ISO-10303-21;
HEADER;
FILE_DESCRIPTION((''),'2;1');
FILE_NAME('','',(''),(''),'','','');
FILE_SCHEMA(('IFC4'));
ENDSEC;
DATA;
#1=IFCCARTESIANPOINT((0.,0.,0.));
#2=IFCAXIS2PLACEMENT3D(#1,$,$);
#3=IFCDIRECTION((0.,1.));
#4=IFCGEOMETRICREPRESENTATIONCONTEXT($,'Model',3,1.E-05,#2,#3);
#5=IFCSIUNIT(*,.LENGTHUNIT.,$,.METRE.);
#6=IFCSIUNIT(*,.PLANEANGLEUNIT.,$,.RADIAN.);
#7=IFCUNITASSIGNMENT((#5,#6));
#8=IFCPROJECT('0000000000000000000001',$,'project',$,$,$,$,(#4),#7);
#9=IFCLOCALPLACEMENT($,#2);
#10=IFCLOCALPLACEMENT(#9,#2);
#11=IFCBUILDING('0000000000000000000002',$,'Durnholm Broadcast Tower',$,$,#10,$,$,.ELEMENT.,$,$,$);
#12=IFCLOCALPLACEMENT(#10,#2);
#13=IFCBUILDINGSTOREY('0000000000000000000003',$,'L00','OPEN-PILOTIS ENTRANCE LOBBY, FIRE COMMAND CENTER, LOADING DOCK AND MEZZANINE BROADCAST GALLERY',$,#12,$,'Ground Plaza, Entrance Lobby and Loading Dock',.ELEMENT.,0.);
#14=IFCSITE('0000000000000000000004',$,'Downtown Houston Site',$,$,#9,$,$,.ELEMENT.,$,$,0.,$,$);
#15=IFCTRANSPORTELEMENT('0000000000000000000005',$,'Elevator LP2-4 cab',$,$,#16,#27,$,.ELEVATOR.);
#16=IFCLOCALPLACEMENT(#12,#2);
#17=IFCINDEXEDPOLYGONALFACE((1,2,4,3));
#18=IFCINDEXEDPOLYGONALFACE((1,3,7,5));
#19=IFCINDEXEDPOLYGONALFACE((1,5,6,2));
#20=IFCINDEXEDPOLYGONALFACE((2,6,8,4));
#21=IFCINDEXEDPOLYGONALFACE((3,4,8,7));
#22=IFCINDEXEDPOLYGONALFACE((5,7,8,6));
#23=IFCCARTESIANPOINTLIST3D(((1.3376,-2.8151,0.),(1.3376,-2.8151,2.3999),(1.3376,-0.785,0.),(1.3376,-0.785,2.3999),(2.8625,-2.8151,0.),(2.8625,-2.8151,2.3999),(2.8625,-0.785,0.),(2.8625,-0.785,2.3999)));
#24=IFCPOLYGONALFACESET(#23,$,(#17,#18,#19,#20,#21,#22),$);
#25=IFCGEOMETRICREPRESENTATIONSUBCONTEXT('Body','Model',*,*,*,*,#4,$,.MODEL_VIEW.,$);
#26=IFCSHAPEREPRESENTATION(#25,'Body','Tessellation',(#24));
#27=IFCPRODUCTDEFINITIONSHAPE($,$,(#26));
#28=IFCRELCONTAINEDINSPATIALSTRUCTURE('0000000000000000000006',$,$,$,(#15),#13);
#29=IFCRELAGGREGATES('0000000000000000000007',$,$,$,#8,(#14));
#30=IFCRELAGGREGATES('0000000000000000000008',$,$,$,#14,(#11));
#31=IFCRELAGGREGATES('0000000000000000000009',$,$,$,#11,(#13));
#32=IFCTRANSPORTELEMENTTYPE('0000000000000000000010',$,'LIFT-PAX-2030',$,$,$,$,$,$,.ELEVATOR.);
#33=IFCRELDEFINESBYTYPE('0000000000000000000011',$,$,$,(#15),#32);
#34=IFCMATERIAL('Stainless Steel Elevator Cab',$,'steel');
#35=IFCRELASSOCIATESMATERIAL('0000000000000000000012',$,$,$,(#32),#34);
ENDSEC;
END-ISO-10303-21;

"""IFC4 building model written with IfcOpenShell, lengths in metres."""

from ifc_helpers import new_model, si_unit, direction, frame, origin, origin_2d, place, context, subcontext, project, spatial, rectangle, extrude, material, type_object, element, save


model = new_model("IFC4")

# Units and contexts
model_context = context("Model", 3, precision=1e-05, world=origin(), true_north=direction((0.0, 1.0)))
body_context = subcontext(model_context, "Body", "Model", "MODEL_VIEW")
ifc_project = project(units=[si_unit("LENGTHUNIT", "METRE"), si_unit("PLANEANGLEUNIT", "RADIAN")], contexts=[model_context])

# Site, building, storey
site_placement = place(None, origin())
site = spatial("IfcSite", under=ifc_project, at=site_placement, Name="Downtown Houston Site", CompositionType="ELEMENT", RefElevation=0.0)
building_placement = place(site_placement, origin())
building = spatial("IfcBuilding", under=site, at=building_placement, Name="Durnholm Broadcast Tower", CompositionType="ELEMENT")
storey_placement = place(building_placement, origin())
storey = spatial("IfcBuildingStorey", under=building, at=storey_placement, Name="L00", Description="OPEN-PILOTIS ENTRANCE LOBBY, FIRE COMMAND CENTER, LOADING DOCK AND MEZZANINE BROADCAST GALLERY", LongName="Ground Plaza, Entrance Lobby and Loading Dock", CompositionType="ELEMENT", Elevation=0.0)

# Transport element
ifc_material_1 = material(Name="Stainless Steel Elevator Cab", Category="steel")
transport_element_type = type_object("IfcTransportElementType", Name="LIFT-PAX-2030", PredefinedType="ELEVATOR", material=ifc_material_1)
for number, where, z_axis, x_axis, name in (
    (1, (2.1001, -1.8, 0.0), (0.0, 0.0, 1.0), (0.0, 1.0, 0.0), "Elevator LP2-4 cab"),
):
    element("IfcTransportElement", number, at=place(storey_placement, frame(where, z_axis=z_axis, x_axis=x_axis)), inside=storey, type_object=transport_element_type, Name=name, PredefinedType="ELEVATOR", context=body_context, shape_type="SweptSolid", body=[
        extrude(rectangle(XDim=2.03, YDim=1.5249, at=origin_2d()), origin(), (0.0, 0.0, 1.0), 2.3999),
    ])

save(model, "model.ifc")
